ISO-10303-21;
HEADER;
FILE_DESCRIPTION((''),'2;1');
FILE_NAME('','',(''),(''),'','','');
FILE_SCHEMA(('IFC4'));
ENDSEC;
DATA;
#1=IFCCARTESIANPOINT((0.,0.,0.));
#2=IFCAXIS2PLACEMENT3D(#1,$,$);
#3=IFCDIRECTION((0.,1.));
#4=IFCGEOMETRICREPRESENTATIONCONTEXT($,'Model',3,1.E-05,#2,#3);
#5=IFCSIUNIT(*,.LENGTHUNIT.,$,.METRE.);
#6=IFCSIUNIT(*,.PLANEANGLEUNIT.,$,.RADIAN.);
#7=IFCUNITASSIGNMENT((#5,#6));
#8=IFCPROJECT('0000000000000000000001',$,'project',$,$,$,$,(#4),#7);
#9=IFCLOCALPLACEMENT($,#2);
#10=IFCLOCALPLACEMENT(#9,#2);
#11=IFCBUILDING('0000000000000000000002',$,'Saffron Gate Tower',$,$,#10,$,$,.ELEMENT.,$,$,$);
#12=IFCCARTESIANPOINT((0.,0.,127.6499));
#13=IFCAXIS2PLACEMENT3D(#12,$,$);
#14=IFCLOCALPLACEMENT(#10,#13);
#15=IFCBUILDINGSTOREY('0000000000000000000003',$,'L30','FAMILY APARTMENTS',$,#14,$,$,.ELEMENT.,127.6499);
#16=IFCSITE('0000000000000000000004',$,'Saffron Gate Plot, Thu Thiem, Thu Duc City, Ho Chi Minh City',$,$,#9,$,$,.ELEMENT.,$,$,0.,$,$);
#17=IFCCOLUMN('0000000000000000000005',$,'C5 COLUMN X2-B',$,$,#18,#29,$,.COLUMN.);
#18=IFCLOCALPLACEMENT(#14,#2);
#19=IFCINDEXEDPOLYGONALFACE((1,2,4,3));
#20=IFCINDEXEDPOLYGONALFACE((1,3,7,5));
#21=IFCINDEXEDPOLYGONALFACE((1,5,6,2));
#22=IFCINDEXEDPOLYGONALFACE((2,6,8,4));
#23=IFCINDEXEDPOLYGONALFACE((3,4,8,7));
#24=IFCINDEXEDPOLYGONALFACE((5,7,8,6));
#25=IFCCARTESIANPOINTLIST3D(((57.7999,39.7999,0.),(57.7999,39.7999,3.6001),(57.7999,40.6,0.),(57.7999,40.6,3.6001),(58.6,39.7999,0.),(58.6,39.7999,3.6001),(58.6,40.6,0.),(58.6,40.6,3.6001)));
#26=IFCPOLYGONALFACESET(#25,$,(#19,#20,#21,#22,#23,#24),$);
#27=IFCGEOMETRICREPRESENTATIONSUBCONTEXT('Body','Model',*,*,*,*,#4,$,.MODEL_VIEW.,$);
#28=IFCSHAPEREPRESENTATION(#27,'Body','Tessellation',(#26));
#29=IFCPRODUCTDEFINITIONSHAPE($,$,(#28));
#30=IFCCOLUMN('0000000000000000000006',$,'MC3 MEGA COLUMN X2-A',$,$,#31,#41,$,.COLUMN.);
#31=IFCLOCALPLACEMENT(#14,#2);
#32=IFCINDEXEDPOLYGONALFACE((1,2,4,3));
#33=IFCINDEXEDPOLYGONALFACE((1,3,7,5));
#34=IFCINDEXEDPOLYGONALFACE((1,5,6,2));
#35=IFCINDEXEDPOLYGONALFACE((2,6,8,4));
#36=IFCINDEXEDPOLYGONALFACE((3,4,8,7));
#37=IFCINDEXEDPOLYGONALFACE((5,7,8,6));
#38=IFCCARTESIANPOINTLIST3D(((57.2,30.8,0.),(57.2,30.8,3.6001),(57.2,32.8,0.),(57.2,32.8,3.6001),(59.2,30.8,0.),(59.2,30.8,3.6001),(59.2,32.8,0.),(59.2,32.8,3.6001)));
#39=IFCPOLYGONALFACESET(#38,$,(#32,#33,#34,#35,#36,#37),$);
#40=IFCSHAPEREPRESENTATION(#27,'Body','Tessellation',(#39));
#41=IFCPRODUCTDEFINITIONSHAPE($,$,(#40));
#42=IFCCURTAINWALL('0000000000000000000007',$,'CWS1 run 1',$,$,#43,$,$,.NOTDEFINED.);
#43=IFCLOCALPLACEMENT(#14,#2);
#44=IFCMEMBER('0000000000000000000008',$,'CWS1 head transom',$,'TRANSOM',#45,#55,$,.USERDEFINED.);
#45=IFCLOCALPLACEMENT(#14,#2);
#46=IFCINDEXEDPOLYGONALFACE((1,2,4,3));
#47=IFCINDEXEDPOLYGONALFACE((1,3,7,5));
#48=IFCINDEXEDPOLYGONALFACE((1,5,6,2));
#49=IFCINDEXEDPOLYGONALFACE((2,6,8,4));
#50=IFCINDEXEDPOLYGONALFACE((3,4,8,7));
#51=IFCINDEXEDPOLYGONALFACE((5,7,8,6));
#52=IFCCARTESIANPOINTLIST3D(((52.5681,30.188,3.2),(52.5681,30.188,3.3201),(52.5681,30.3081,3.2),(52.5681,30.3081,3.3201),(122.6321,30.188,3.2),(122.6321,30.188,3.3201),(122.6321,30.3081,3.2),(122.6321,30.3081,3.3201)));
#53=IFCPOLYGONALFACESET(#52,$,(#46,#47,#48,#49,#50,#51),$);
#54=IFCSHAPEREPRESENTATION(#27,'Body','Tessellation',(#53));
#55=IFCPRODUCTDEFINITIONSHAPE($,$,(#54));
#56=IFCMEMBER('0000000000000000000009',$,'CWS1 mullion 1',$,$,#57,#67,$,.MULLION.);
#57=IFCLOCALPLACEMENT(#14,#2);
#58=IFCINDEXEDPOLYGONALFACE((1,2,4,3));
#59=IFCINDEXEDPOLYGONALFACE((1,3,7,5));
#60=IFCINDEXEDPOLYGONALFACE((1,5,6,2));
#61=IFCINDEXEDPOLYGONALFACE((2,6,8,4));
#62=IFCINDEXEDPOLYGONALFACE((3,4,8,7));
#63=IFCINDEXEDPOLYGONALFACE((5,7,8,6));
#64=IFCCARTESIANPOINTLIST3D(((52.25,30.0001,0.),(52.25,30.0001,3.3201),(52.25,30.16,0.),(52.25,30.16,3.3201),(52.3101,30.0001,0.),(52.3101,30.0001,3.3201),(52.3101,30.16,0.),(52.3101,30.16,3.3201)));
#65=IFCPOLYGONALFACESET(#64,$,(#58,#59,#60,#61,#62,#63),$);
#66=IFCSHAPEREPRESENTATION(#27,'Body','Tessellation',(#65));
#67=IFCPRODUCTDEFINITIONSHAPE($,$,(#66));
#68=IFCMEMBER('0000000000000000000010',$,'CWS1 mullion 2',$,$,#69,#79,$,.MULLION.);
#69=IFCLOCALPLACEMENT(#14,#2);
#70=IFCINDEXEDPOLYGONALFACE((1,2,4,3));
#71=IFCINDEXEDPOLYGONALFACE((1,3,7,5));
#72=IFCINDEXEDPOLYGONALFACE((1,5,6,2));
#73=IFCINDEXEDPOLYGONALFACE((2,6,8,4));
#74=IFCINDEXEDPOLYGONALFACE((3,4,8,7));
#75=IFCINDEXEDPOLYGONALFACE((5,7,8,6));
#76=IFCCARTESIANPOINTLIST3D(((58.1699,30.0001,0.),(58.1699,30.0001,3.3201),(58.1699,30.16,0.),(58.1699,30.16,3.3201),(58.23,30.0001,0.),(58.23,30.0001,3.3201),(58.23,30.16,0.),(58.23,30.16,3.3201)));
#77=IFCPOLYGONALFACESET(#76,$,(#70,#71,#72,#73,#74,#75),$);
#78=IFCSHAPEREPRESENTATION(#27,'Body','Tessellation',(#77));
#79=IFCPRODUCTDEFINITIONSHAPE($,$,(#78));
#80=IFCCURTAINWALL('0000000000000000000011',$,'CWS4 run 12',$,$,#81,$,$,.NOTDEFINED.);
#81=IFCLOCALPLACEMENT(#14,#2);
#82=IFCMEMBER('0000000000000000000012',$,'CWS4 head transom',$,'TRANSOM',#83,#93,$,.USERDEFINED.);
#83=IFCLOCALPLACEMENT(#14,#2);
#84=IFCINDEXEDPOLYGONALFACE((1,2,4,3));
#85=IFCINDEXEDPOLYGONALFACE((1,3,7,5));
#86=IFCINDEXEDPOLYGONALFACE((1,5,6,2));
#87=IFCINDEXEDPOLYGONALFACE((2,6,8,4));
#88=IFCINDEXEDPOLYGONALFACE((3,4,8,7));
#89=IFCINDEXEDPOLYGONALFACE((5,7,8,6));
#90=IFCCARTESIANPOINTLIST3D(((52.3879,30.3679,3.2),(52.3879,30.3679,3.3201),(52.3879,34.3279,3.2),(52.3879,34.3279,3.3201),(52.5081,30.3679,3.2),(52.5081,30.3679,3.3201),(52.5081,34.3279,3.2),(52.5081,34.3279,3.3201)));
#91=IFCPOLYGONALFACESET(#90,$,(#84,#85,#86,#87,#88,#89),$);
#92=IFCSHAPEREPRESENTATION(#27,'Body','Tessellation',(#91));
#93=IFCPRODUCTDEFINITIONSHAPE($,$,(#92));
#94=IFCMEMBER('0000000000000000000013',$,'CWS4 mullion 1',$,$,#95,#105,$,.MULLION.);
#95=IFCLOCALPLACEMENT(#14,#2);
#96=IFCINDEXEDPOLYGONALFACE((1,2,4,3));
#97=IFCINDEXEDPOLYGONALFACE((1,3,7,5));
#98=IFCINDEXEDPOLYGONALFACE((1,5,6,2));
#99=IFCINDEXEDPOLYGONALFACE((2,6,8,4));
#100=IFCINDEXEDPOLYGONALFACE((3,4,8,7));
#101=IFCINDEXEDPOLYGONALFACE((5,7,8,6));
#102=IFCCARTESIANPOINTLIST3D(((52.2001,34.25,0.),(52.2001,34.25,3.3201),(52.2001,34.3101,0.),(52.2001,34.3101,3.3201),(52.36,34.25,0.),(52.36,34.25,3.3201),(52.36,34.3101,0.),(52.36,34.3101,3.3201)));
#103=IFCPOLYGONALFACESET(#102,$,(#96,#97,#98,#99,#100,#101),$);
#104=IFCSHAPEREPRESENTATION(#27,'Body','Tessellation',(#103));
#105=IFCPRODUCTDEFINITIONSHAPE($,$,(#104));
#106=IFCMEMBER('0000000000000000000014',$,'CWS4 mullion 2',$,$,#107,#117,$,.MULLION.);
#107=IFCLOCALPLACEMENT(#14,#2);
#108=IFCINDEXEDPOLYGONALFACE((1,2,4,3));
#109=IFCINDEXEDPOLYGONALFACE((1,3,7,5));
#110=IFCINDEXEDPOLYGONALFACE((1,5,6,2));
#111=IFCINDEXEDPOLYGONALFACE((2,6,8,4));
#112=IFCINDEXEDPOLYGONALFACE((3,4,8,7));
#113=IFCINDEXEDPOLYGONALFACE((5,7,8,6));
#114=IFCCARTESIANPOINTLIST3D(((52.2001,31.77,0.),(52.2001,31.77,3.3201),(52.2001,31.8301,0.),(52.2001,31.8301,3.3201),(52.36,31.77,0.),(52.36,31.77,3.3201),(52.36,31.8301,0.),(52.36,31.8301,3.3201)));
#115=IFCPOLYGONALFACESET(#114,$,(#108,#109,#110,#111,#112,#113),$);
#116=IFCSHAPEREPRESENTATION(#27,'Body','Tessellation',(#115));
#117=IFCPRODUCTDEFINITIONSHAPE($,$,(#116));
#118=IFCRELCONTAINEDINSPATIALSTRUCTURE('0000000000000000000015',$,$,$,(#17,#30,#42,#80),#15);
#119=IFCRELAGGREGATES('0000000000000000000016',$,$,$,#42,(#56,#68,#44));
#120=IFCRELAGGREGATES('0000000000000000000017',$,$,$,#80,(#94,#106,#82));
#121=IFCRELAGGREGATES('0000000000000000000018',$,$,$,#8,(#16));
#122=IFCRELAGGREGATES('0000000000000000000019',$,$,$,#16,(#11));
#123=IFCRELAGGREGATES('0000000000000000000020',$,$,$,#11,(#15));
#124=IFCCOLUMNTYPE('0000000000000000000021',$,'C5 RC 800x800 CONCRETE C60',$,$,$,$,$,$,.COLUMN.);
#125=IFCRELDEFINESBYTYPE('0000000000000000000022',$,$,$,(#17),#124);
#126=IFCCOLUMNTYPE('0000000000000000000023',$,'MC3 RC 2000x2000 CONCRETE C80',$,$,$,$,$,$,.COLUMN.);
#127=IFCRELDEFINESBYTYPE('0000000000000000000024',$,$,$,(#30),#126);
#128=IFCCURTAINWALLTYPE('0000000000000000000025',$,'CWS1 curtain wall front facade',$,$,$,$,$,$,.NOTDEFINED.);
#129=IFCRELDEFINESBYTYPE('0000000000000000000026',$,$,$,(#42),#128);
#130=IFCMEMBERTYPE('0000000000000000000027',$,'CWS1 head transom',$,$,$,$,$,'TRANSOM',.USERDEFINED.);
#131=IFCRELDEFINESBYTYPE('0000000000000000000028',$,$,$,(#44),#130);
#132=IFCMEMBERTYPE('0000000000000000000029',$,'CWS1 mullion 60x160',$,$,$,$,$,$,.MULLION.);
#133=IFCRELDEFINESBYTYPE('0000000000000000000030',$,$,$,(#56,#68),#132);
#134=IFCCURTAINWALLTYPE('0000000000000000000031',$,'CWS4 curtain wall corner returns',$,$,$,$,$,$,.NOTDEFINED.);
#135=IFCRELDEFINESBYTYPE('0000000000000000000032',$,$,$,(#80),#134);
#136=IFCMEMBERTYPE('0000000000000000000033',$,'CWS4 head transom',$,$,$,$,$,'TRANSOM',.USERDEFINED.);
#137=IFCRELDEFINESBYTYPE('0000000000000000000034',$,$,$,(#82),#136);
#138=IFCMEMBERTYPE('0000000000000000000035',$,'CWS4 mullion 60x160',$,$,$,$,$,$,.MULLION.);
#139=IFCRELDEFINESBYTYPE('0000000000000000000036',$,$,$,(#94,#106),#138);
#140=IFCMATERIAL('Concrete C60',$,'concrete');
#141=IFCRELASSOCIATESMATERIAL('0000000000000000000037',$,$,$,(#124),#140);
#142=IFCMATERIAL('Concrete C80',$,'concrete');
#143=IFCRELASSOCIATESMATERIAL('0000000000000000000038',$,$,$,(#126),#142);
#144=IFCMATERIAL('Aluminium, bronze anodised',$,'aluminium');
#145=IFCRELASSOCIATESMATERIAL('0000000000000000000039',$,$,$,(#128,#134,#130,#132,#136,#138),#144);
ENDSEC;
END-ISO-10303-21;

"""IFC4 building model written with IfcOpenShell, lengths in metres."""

from ifc_helpers import new_model, si_unit, direction, frame, origin, origin_2d, place, context, subcontext, project, spatial, rectangle, extrude, material, material_profile, profile_set, type_object, element, aggregate, save


model = new_model("IFC4")

# Units and contexts
model_context = context("Model", 3, precision=1e-05, world=origin(), true_north=direction((0.0, 1.0)))
body_context = subcontext(model_context, "Body", "Model", "MODEL_VIEW")
ifc_project = project(units=[si_unit("LENGTHUNIT", "METRE"), si_unit("PLANEANGLEUNIT", "RADIAN")], contexts=[model_context])

# Site, building, storey
site_placement = place(None, origin())
site = spatial("IfcSite", under=ifc_project, at=site_placement, Name="Saffron Gate Plot, Thu Thiem, Thu Duc City, Ho Chi Minh City", CompositionType="ELEMENT", RefElevation=0.0)
building_placement = place(site_placement, origin())
building = spatial("IfcBuilding", under=site, at=building_placement, Name="Saffron Gate Tower", CompositionType="ELEMENT")
storey_placement = place(building_placement, frame((0.0, 0.0, 127.6499)))
storey = spatial("IfcBuildingStorey", under=building, at=storey_placement, Name="L30", Description="FAMILY APARTMENTS", CompositionType="ELEMENT", Elevation=127.6499)

# Columns
ifc_material_1 = material(Name="Concrete C60", Category="concrete")
ifc_material_profile_1 = material_profile(ifc_material_1, rectangle(XDim=0.8, YDim=0.8, at=origin_2d()))
ifc_profile_set_1 = profile_set([ifc_material_profile_1], Name="Concrete C60")
column_type_1 = type_object("IfcColumnType", Name="C5 RC 800x800 CONCRETE C60", PredefinedType="COLUMN", material=ifc_profile_set_1)
column_1_placement = place(storey_placement, frame((58.2, 40.2, 0.0), z_axis=(0.0, 0.0, 1.0), x_axis=(1.0, 0.0, 0.0)))
element("IfcColumn", 1, at=column_1_placement, inside=storey, type_object=column_type_1, Name="C5 COLUMN X2-B", PredefinedType="COLUMN", context=body_context, shape_type="SweptSolid", body=[
    extrude(rectangle(XDim=0.8, YDim=0.8, at=origin_2d()), origin(), (0.0, 0.0, 1.0), 3.6001),
])
ifc_material_2 = material(Name="Concrete C80", Category="concrete")
ifc_material_profile_2 = material_profile(ifc_material_2, rectangle(XDim=2.0, YDim=2.0, at=origin_2d()))
ifc_profile_set_2 = profile_set([ifc_material_profile_2], Name="Concrete C80")
column_type_2 = type_object("IfcColumnType", Name="MC3 RC 2000x2000 CONCRETE C80", PredefinedType="COLUMN", material=ifc_profile_set_2)
column_2_placement = place(storey_placement, frame((58.2, 31.8, 0.0), z_axis=(0.0, 0.0, 1.0), x_axis=(1.0, 0.0, 0.0)))
element("IfcColumn", 2, at=column_2_placement, inside=storey, type_object=column_type_2, Name="MC3 MEGA COLUMN X2-A", PredefinedType="COLUMN", context=body_context, shape_type="SweptSolid", body=[
    extrude(rectangle(XDim=2.0, YDim=2.0, at=origin_2d()), origin(), (0.0, 0.0, 1.0), 3.6001),
])

# Curtain walls, members
ifc_material_3 = material(Name="Aluminium, bronze anodised", Category="aluminium")
curtain_wall_type_1 = type_object("IfcCurtainWallType", Name="CWS1 curtain wall front facade", PredefinedType="NOTDEFINED", material=ifc_material_3)
curtain_wall_1_placement = place(storey_placement, origin())
curtain_wall_1 = element("IfcCurtainWall", 3, at=curtain_wall_1_placement, inside=storey, type_object=curtain_wall_type_1, Name="CWS1 run 1", PredefinedType="NOTDEFINED")
ifc_material_profile_3 = material_profile(ifc_material_3, rectangle(XDim=0.1201, YDim=0.1201, at=origin_2d()))
ifc_profile_set_3 = profile_set([ifc_material_profile_3], Name="Aluminium, bronze anodised")
member_type_1 = type_object("IfcMemberType", Name="CWS1 head transom", ElementType="TRANSOM", PredefinedType="USERDEFINED", material=ifc_profile_set_3)
member_1_placement = place(storey_placement, frame((52.5681, 30.248, 3.26), z_axis=(1.0, 0.0, 0.0), x_axis=(0.0, 1.0, 0.0)))
member_1 = element("IfcMember", 4, at=member_1_placement, type_object=member_type_1, Name="CWS1 head transom", ObjectType="TRANSOM", PredefinedType="USERDEFINED", context=body_context, shape_type="SweptSolid", body=[
    extrude(rectangle(XDim=0.1201, YDim=0.1201, at=origin_2d()), origin(), (0.0, 0.0, 1.0), 70.064),
])
ifc_material_profile_4 = material_profile(ifc_material_3, rectangle(XDim=0.1599, YDim=0.0601, at=origin_2d()))
ifc_profile_set_4 = profile_set([ifc_material_profile_4], Name="Aluminium, bronze anodised")
member_type_2 = type_object("IfcMemberType", Name="CWS1 mullion 60x160", PredefinedType="MULLION", material=ifc_profile_set_4)
member_2_placement = place(storey_placement, frame((52.28, 30.0801, 0.0), z_axis=(0.0, 0.0, 1.0), x_axis=(0.0, 1.0, 0.0)))
member_2 = element("IfcMember", 5, at=member_2_placement, type_object=member_type_2, Name="CWS1 mullion 1", PredefinedType="MULLION", context=body_context, shape_type="SweptSolid", body=[
    extrude(rectangle(XDim=0.1599, YDim=0.0601, at=origin_2d()), origin(), (0.0, 0.0, 1.0), 3.3201),
])
member_3_placement = place(storey_placement, frame((58.2, 30.0801, 0.0), z_axis=(0.0, 0.0, 1.0), x_axis=(0.0, 1.0, 0.0)))
member_3 = element("IfcMember", 6, at=member_3_placement, type_object=member_type_2, Name="CWS1 mullion 2", PredefinedType="MULLION", context=body_context, shape_type="SweptSolid", body=[
    extrude(rectangle(XDim=0.1599, YDim=0.0601, at=origin_2d()), origin(), (0.0, 0.0, 1.0), 3.3201),
])
curtain_wall_type_2 = type_object("IfcCurtainWallType", Name="CWS4 curtain wall corner returns", PredefinedType="NOTDEFINED", material=ifc_material_3)
curtain_wall_2_placement = place(storey_placement, origin())
curtain_wall_2 = element("IfcCurtainWall", 7, at=curtain_wall_2_placement, inside=storey, type_object=curtain_wall_type_2, Name="CWS4 run 12", PredefinedType="NOTDEFINED")
ifc_material_profile_5 = material_profile(ifc_material_3, rectangle(XDim=0.1201, YDim=0.1201, at=origin_2d()))
ifc_profile_set_5 = profile_set([ifc_material_profile_5], Name="Aluminium, bronze anodised")
member_type_3 = type_object("IfcMemberType", Name="CWS4 head transom", ElementType="TRANSOM", PredefinedType="USERDEFINED", material=ifc_profile_set_5)
member_4_placement = place(storey_placement, frame((52.448, 34.3279, 3.26), z_axis=(0.0, -1.0, 0.0), x_axis=(1.0, 0.0, 0.0)))
member_4 = element("IfcMember", 8, at=member_4_placement, type_object=member_type_3, Name="CWS4 head transom", ObjectType="TRANSOM", PredefinedType="USERDEFINED", context=body_context, shape_type="SweptSolid", body=[
    extrude(rectangle(XDim=0.1201, YDim=0.1201, at=origin_2d()), origin(), (0.0, 0.0, 1.0), 3.96),
])
ifc_material_profile_6 = material_profile(ifc_material_3, rectangle(XDim=0.1599, YDim=0.0601, at=origin_2d()))
ifc_profile_set_6 = profile_set([ifc_material_profile_6], Name="Aluminium, bronze anodised")
member_type_4 = type_object("IfcMemberType", Name="CWS4 mullion 60x160", PredefinedType="MULLION", material=ifc_profile_set_6)
member_5_placement = place(storey_placement, frame((52.28, 34.28, 0.0), z_axis=(0.0, 0.0, 1.0), x_axis=(1.0, 0.0, 0.0)))
member_5 = element("IfcMember", 9, at=member_5_placement, type_object=member_type_4, Name="CWS4 mullion 1", PredefinedType="MULLION", context=body_context, shape_type="SweptSolid", body=[
    extrude(rectangle(XDim=0.1599, YDim=0.0601, at=origin_2d()), origin(), (0.0, 0.0, 1.0), 3.3201),
])
member_6_placement = place(storey_placement, frame((52.28, 31.8, 0.0), z_axis=(0.0, 0.0, 1.0), x_axis=(1.0, 0.0, 0.0)))
member_6 = element("IfcMember", 10, at=member_6_placement, type_object=member_type_4, Name="CWS4 mullion 2", PredefinedType="MULLION", context=body_context, shape_type="SweptSolid", body=[
    extrude(rectangle(XDim=0.1599, YDim=0.0601, at=origin_2d()), origin(), (0.0, 0.0, 1.0), 3.3201),
])

aggregate(curtain_wall_1, [member_2, member_3, member_1])

aggregate(curtain_wall_2, [member_5, member_6, member_4])

save(model, "model.ifc")
